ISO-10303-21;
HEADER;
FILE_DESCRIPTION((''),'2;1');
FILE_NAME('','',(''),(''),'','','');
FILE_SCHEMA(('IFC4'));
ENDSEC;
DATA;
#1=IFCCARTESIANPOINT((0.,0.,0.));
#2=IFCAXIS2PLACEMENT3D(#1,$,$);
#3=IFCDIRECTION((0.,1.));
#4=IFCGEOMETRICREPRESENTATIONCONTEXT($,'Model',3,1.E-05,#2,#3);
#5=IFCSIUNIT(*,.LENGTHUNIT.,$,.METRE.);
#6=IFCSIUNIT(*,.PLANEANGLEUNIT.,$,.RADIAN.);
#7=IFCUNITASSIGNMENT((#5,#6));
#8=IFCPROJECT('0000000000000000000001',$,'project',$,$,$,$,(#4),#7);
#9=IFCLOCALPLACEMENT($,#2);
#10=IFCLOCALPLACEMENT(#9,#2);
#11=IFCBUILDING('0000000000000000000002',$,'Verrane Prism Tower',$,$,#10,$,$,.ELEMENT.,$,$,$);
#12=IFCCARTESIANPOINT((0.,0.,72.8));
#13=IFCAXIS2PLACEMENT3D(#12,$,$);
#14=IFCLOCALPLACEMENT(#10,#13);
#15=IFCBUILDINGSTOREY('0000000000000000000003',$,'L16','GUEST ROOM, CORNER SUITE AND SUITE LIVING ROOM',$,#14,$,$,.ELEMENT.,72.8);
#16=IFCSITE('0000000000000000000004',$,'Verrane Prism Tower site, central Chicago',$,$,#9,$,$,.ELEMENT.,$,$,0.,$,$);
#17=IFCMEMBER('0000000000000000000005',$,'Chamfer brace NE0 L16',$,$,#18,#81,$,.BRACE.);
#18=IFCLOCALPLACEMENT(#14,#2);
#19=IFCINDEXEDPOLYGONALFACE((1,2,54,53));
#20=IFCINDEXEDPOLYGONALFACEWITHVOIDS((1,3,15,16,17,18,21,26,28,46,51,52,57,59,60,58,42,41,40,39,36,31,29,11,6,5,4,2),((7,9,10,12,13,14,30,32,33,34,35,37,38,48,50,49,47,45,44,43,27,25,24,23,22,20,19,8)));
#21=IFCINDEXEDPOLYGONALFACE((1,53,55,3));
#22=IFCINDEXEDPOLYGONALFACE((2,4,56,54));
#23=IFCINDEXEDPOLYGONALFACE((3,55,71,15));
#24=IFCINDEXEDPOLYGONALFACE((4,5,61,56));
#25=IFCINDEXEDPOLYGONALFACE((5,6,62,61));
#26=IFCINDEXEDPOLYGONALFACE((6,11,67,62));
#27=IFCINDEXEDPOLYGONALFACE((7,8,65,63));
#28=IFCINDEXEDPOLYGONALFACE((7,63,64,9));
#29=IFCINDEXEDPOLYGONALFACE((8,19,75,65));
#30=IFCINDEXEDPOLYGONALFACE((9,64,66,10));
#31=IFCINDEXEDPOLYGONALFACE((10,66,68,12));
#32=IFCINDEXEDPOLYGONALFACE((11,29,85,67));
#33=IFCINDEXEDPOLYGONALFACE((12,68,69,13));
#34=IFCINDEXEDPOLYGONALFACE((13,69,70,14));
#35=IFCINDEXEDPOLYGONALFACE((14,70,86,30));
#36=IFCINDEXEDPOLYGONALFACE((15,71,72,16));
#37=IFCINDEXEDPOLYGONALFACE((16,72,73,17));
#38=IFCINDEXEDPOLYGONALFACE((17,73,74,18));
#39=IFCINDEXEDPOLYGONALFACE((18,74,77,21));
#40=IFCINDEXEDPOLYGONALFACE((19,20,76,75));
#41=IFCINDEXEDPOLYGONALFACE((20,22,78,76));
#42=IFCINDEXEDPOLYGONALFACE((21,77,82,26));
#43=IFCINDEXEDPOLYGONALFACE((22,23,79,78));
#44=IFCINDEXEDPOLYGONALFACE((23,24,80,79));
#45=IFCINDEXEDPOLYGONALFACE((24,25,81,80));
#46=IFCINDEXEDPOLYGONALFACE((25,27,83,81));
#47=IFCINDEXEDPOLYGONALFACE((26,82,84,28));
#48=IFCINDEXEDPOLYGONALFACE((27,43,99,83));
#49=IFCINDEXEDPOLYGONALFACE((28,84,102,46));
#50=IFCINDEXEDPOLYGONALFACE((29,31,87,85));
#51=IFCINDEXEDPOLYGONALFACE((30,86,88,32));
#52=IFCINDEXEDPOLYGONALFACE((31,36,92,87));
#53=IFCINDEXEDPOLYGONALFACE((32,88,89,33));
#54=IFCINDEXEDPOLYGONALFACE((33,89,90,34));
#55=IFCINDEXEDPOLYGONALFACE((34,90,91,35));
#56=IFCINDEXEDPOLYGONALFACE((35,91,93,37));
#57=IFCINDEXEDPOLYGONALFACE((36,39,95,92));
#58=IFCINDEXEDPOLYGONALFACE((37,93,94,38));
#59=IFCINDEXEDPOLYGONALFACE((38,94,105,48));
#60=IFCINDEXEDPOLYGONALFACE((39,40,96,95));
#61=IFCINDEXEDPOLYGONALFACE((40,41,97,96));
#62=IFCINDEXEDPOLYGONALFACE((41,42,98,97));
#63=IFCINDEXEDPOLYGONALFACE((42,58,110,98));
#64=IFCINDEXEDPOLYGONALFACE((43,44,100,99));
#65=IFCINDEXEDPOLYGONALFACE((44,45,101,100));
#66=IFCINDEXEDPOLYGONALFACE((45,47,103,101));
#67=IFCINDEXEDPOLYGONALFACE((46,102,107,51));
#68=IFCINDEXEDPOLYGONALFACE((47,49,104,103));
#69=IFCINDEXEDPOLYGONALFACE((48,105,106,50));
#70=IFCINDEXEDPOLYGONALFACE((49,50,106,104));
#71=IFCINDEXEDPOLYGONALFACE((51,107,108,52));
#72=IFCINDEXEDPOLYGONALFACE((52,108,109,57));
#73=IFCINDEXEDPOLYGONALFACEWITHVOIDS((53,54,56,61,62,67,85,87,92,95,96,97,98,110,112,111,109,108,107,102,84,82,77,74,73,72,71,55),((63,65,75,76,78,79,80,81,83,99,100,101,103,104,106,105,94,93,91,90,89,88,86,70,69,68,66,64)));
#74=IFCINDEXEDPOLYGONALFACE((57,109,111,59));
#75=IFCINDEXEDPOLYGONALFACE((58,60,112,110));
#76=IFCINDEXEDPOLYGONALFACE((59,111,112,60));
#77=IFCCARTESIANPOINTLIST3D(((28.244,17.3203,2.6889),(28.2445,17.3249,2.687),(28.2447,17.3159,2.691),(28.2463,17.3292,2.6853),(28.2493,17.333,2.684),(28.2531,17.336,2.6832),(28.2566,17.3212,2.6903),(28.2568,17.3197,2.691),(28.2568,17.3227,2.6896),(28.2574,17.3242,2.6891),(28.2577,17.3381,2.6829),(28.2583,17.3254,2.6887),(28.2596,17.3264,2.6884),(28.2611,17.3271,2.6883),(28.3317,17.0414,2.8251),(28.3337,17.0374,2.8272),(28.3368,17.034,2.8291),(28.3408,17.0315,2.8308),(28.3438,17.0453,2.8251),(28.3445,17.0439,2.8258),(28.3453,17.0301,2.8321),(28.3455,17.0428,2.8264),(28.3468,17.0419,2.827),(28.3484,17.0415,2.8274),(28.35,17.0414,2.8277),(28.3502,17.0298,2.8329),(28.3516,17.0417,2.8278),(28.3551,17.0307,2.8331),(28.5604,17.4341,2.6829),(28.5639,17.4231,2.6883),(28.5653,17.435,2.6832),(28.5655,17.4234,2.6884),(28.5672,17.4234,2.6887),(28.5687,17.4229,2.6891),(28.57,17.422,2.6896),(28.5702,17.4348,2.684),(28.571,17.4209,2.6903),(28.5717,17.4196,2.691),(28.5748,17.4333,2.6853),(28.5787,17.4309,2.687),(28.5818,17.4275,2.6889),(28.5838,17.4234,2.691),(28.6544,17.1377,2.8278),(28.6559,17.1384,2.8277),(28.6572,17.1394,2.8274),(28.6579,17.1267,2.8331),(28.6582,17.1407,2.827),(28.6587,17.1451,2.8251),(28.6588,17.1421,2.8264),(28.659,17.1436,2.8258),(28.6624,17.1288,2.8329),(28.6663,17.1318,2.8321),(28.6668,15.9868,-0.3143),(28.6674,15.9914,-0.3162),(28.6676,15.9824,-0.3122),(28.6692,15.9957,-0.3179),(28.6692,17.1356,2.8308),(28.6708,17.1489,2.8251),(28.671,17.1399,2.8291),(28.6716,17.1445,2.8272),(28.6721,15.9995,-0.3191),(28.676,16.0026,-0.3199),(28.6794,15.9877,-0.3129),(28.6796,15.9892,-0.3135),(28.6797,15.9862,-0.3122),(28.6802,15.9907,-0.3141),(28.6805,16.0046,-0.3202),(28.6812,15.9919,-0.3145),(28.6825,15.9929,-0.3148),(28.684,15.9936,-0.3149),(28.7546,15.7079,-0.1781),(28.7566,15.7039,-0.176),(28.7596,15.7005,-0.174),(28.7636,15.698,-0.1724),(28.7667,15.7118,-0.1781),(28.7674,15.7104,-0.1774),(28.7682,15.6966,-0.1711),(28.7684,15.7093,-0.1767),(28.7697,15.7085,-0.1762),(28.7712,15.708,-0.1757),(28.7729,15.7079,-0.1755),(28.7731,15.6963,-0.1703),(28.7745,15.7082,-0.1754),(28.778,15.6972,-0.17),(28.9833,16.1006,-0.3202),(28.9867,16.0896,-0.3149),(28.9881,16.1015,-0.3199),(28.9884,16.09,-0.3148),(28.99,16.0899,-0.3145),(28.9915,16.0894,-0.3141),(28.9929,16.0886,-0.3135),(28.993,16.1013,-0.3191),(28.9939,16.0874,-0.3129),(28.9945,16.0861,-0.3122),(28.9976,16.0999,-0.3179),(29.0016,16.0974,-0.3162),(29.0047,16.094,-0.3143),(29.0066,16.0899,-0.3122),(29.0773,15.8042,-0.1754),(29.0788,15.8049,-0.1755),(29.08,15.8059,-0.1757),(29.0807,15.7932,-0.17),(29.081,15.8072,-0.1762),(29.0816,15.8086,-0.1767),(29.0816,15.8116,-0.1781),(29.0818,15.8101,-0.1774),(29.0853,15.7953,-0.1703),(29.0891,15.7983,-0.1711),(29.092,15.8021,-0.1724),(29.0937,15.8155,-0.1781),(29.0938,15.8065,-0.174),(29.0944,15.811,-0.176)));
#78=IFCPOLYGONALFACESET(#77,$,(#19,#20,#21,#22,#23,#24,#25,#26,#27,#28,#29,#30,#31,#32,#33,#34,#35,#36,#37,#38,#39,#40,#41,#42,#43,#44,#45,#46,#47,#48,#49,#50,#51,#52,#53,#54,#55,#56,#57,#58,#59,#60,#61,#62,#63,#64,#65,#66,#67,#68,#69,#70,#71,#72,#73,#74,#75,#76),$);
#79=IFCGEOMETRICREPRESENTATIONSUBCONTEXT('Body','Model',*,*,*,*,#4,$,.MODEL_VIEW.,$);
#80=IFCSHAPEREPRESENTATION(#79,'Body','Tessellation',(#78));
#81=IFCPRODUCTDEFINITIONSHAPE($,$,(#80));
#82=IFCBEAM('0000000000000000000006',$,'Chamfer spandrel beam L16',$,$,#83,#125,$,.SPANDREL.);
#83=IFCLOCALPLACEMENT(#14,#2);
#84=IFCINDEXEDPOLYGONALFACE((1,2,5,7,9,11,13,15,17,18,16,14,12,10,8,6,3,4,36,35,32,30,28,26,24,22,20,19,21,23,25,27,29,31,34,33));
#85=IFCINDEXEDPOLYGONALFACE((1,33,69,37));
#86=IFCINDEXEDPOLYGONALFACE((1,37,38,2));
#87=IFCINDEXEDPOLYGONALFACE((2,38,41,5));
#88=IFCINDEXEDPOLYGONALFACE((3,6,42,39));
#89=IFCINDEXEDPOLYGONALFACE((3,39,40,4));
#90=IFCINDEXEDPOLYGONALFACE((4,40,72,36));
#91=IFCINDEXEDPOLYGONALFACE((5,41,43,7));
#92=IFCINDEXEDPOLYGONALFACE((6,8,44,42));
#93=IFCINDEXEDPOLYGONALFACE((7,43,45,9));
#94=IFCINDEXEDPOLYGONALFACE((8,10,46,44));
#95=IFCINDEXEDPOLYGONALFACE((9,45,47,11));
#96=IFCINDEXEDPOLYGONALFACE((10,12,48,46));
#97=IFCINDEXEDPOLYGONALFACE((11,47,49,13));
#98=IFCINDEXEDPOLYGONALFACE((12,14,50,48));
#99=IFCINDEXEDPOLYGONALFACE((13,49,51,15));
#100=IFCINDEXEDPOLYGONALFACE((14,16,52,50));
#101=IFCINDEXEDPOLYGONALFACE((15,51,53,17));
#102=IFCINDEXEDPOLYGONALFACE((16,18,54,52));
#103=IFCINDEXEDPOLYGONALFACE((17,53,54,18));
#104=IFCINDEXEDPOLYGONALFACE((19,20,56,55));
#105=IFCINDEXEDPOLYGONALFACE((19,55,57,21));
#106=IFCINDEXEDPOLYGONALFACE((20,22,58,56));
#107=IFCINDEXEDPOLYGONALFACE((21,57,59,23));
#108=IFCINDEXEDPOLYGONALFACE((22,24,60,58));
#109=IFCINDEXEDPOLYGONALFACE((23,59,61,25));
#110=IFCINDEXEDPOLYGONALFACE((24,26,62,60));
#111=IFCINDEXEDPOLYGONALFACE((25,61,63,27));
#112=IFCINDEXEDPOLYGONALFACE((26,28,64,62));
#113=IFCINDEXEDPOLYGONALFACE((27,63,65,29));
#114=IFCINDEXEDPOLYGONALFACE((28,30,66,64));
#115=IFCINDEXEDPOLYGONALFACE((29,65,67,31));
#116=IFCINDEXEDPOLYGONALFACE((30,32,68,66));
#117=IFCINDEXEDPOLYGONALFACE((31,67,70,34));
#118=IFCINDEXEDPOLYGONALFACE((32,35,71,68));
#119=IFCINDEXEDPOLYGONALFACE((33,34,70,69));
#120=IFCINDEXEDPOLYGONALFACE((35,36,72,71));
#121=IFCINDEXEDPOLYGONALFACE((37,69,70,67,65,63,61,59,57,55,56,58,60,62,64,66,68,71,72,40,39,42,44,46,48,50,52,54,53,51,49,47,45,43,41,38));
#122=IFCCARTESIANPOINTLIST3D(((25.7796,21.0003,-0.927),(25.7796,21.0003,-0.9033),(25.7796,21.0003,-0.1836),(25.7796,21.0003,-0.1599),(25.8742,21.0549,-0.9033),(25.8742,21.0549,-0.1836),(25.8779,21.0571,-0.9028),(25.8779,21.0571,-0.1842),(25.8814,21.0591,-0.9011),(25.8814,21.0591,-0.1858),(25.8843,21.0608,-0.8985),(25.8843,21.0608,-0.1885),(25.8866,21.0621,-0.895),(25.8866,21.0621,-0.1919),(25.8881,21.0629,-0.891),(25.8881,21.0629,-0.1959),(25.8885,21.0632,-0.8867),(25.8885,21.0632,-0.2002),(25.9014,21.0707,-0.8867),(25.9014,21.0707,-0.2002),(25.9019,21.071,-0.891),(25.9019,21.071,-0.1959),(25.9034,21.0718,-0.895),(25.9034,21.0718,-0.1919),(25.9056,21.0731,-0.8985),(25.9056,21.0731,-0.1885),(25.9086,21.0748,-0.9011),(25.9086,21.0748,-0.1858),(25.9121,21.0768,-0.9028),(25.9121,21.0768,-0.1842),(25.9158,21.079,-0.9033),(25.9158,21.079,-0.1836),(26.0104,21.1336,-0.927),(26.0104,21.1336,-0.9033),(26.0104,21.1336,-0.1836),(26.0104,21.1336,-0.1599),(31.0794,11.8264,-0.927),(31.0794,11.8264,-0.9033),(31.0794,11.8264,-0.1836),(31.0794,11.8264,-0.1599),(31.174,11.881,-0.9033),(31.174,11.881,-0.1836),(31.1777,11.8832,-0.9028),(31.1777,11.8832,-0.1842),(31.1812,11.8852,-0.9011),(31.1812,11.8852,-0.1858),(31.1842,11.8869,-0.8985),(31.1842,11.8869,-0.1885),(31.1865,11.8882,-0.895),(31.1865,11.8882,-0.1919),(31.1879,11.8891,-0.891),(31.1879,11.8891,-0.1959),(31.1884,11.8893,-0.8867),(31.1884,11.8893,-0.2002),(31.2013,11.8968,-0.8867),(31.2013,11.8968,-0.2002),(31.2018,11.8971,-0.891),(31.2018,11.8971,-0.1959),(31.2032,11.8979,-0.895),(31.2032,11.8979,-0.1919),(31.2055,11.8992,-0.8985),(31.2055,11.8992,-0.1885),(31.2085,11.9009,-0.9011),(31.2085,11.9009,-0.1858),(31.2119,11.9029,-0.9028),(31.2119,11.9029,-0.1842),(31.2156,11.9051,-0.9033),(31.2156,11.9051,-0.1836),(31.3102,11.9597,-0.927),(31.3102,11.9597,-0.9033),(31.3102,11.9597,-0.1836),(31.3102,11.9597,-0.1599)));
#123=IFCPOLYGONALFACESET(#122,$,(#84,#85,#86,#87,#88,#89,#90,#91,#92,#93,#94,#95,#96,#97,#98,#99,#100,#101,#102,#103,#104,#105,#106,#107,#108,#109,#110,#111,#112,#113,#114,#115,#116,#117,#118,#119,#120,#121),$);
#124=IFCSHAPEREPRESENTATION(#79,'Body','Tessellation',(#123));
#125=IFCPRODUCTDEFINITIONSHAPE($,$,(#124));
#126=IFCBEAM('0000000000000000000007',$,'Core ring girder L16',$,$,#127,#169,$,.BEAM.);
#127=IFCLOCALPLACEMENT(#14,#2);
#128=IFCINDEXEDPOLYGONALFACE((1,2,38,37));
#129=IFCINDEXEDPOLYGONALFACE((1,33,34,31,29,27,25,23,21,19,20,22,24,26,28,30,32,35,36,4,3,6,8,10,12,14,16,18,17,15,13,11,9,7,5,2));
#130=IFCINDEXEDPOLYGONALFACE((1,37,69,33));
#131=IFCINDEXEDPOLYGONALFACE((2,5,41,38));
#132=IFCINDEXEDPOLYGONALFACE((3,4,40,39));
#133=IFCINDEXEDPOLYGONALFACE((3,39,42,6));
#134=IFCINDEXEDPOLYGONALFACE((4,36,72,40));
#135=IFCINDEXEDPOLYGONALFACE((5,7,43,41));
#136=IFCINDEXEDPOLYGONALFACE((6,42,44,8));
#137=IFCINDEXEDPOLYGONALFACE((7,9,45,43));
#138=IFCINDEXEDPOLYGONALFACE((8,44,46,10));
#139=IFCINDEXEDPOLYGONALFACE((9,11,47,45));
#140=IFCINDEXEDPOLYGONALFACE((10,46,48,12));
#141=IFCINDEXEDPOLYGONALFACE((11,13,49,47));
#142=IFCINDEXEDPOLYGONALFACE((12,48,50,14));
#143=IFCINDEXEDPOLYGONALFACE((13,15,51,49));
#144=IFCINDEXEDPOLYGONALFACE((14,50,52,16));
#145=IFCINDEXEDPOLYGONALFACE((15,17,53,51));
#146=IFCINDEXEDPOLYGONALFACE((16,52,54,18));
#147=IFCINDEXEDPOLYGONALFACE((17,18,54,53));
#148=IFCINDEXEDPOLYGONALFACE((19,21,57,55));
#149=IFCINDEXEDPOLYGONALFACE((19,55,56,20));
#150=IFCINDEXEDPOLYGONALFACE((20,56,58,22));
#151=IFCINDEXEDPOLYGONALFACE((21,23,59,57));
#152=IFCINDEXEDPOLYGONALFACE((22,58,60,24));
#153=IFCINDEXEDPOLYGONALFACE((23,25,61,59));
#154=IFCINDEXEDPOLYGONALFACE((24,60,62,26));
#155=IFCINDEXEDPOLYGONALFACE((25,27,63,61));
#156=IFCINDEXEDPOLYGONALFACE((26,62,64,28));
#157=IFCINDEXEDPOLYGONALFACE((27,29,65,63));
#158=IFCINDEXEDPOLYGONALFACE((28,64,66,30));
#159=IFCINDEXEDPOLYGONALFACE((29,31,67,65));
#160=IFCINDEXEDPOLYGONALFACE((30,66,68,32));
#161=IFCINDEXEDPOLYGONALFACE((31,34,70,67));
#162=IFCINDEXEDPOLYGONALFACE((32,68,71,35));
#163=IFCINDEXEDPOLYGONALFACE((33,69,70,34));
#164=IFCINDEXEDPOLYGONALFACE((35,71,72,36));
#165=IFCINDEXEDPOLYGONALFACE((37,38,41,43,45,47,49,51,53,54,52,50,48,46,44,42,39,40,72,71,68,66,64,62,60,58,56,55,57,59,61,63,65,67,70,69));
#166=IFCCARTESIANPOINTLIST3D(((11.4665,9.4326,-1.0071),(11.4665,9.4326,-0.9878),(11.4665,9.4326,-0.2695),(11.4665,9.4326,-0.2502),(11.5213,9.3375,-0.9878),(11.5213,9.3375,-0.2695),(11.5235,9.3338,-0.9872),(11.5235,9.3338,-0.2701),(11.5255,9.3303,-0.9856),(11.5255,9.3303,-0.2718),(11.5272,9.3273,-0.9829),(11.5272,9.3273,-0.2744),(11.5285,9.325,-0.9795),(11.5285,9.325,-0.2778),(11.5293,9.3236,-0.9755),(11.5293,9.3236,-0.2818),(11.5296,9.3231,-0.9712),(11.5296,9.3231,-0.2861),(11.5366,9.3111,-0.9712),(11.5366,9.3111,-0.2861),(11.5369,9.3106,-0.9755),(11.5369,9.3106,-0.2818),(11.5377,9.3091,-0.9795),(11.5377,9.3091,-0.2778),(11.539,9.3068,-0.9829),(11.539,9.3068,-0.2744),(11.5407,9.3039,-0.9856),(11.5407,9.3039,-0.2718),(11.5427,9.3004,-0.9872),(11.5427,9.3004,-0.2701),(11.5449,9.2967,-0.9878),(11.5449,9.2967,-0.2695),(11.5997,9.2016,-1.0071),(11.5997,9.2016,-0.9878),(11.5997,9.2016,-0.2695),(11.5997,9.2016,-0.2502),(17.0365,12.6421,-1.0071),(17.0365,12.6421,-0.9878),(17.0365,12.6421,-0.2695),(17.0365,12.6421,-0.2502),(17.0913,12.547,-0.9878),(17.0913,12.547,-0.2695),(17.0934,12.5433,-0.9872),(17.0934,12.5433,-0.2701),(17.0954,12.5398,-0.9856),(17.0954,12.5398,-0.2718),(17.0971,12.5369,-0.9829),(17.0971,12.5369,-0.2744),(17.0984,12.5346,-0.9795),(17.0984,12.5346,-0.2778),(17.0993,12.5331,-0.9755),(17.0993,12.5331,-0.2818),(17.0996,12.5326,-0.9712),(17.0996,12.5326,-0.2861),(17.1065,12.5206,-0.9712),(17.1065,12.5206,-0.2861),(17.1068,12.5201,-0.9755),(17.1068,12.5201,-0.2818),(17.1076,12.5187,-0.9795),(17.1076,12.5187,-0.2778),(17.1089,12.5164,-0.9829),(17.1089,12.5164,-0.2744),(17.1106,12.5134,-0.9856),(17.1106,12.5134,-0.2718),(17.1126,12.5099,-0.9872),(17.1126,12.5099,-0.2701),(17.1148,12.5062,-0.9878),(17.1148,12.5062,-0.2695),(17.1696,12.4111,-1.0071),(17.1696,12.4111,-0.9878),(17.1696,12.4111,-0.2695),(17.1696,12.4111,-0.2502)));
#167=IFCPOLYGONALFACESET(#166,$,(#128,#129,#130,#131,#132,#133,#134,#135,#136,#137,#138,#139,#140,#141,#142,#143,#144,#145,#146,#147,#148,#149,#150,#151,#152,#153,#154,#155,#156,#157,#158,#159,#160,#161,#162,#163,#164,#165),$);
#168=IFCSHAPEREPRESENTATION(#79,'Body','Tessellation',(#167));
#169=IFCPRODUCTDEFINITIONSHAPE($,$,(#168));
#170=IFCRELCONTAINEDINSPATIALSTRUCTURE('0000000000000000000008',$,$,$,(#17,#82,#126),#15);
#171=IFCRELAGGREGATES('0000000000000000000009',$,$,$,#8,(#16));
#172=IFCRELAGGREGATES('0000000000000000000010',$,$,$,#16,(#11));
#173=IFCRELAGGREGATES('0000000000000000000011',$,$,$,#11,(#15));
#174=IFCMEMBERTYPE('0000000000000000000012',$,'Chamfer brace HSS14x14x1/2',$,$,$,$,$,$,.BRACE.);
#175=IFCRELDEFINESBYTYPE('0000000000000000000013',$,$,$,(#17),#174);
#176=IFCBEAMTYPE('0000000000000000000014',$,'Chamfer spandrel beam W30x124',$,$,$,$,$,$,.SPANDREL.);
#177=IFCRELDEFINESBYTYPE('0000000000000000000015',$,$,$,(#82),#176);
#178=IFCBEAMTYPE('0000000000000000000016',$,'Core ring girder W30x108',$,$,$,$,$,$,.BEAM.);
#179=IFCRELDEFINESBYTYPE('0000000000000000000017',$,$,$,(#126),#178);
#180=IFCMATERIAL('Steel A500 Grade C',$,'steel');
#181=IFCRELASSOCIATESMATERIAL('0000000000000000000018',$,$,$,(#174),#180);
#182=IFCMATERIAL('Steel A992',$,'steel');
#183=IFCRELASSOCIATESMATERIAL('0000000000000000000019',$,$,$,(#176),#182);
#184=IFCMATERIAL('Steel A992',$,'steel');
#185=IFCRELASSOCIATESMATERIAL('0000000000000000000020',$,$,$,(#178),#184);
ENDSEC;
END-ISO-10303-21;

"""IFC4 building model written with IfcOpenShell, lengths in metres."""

from ifc_helpers import new_model, si_unit, direction, frame, origin, origin_2d, place, context, subcontext, project, spatial, hollow_rectangle, i_section, extrude, material, material_profile, profile_set, type_object, element, save


model = new_model("IFC4")

# Units and contexts
model_context = context("Model", 3, precision=1e-05, world=origin(), true_north=direction((0.0, 1.0)))
body_context = subcontext(model_context, "Body", "Model", "MODEL_VIEW")
ifc_project = project(units=[si_unit("LENGTHUNIT", "METRE"), si_unit("PLANEANGLEUNIT", "RADIAN")], contexts=[model_context])

# Site, building, storey
site_placement = place(None, origin())
site = spatial("IfcSite", under=ifc_project, at=site_placement, Name="Verrane Prism Tower site, central Chicago", CompositionType="ELEMENT", RefElevation=0.0)
building_placement = place(site_placement, origin())
building = spatial("IfcBuilding", under=site, at=building_placement, Name="Verrane Prism Tower", CompositionType="ELEMENT")
storey_placement = place(building_placement, frame((0.0, 0.0, 72.8)))
storey = spatial("IfcBuildingStorey", under=building, at=storey_placement, Name="L16", Description="GUEST ROOM, CORNER SUITE AND SUITE LIVING ROOM", CompositionType="ELEMENT", Elevation=72.8)

# Member
ifc_material_1 = material(Name="Steel A500 Grade C", Category="steel")
ifc_material_profile_1 = material_profile(ifc_material_1, hollow_rectangle(XDim=0.3557, YDim=0.3557, WallThickness=0.0127, InnerFilletRadius=0.0063, OuterFilletRadius=0.019, at=origin_2d()), Name="HSS14x14x1/2")
ifc_profile_set_1 = profile_set([ifc_material_profile_1], Name="Steel A500 Grade C")
member_type_1 = type_object("IfcMemberType", Name="Chamfer brace HSS14x14x1/2", PredefinedType="BRACE", material=ifc_profile_set_1)
member_1_placement = place(storey_placement, frame((28.8806, 15.8989, -0.2451), z_axis=(-0.127633, 0.402502, 0.906478), x_axis=(-0.953223, -0.302267, 0.0)))
element("IfcMember", 1, at=member_1_placement, inside=storey, type_object=member_type_1, Name="Chamfer brace NE0 L16", PredefinedType="BRACE", context=body_context, shape_type="SweptSolid", body=[
    extrude(hollow_rectangle(XDim=0.3557, YDim=0.3557, WallThickness=0.0127, InnerFilletRadius=0.0063, OuterFilletRadius=0.019, at=origin_2d()), origin(), (0.0, 0.0, 1.0), 3.313),
])

# Beams
ifc_material_2 = material(Name="Steel A992", Category="steel")
ifc_material_profile_2 = material_profile(ifc_material_2, i_section(OverallWidth=0.2666, OverallDepth=0.7671, WebThickness=0.0149, FlangeThickness=0.0237, FilletRadius=0.0166, at=origin_2d()), Name="W30x124")
ifc_profile_set_2 = profile_set([ifc_material_profile_2], Name="Steel A992")
beam_type_1 = type_object("IfcBeamType", Name="Chamfer spandrel beam W30x124", PredefinedType="SPANDREL", material=ifc_profile_set_2)
beam_1_placement = place(storey_placement, frame((31.1948, 11.8931, -0.5435), z_axis=(-0.500233, 0.865891, 0.0), x_axis=(-0.865891, -0.500233, 0.0)))
element("IfcBeam", 2, at=beam_1_placement, inside=storey, type_object=beam_type_1, Name="Chamfer spandrel beam L16", PredefinedType="SPANDREL", context=body_context, shape_type="SweptSolid", body=[
    extrude(i_section(OverallWidth=0.2666, OverallDepth=0.7671, WebThickness=0.0149, FlangeThickness=0.0237, FilletRadius=0.0166, at=origin_2d()), origin(), (0.0, 0.0, 1.0), 10.5947),
])
ifc_material_3 = material(Name="Steel A992", Category="steel")
ifc_material_profile_3 = material_profile(ifc_material_3, i_section(OverallWidth=0.2666, OverallDepth=0.7568, WebThickness=0.0139, FlangeThickness=0.0193, FilletRadius=0.0166, at=origin_2d()), Name="W30x108")
ifc_profile_set_3 = profile_set([ifc_material_profile_3], Name="Steel A992")
beam_type_2 = type_object("IfcBeamType", Name="Core ring girder W30x108", PredefinedType="BEAM", material=ifc_profile_set_3)
beam_2_placement = place(storey_placement, frame((17.103, 12.5266, -0.6287), z_axis=(-0.866447, -0.499269, 0.0), x_axis=(0.499269, -0.866447, 0.0)))
element("IfcBeam", 3, at=beam_2_placement, inside=storey, type_object=beam_type_2, Name="Core ring girder L16", PredefinedType="BEAM", context=body_context, shape_type="SweptSolid", body=[
    extrude(i_section(OverallWidth=0.2666, OverallDepth=0.7568, WebThickness=0.0139, FlangeThickness=0.0193, FilletRadius=0.0166, at=origin_2d()), origin(), (0.0, 0.0, 1.0), 6.4285),
])

save(model, "model.ifc")
